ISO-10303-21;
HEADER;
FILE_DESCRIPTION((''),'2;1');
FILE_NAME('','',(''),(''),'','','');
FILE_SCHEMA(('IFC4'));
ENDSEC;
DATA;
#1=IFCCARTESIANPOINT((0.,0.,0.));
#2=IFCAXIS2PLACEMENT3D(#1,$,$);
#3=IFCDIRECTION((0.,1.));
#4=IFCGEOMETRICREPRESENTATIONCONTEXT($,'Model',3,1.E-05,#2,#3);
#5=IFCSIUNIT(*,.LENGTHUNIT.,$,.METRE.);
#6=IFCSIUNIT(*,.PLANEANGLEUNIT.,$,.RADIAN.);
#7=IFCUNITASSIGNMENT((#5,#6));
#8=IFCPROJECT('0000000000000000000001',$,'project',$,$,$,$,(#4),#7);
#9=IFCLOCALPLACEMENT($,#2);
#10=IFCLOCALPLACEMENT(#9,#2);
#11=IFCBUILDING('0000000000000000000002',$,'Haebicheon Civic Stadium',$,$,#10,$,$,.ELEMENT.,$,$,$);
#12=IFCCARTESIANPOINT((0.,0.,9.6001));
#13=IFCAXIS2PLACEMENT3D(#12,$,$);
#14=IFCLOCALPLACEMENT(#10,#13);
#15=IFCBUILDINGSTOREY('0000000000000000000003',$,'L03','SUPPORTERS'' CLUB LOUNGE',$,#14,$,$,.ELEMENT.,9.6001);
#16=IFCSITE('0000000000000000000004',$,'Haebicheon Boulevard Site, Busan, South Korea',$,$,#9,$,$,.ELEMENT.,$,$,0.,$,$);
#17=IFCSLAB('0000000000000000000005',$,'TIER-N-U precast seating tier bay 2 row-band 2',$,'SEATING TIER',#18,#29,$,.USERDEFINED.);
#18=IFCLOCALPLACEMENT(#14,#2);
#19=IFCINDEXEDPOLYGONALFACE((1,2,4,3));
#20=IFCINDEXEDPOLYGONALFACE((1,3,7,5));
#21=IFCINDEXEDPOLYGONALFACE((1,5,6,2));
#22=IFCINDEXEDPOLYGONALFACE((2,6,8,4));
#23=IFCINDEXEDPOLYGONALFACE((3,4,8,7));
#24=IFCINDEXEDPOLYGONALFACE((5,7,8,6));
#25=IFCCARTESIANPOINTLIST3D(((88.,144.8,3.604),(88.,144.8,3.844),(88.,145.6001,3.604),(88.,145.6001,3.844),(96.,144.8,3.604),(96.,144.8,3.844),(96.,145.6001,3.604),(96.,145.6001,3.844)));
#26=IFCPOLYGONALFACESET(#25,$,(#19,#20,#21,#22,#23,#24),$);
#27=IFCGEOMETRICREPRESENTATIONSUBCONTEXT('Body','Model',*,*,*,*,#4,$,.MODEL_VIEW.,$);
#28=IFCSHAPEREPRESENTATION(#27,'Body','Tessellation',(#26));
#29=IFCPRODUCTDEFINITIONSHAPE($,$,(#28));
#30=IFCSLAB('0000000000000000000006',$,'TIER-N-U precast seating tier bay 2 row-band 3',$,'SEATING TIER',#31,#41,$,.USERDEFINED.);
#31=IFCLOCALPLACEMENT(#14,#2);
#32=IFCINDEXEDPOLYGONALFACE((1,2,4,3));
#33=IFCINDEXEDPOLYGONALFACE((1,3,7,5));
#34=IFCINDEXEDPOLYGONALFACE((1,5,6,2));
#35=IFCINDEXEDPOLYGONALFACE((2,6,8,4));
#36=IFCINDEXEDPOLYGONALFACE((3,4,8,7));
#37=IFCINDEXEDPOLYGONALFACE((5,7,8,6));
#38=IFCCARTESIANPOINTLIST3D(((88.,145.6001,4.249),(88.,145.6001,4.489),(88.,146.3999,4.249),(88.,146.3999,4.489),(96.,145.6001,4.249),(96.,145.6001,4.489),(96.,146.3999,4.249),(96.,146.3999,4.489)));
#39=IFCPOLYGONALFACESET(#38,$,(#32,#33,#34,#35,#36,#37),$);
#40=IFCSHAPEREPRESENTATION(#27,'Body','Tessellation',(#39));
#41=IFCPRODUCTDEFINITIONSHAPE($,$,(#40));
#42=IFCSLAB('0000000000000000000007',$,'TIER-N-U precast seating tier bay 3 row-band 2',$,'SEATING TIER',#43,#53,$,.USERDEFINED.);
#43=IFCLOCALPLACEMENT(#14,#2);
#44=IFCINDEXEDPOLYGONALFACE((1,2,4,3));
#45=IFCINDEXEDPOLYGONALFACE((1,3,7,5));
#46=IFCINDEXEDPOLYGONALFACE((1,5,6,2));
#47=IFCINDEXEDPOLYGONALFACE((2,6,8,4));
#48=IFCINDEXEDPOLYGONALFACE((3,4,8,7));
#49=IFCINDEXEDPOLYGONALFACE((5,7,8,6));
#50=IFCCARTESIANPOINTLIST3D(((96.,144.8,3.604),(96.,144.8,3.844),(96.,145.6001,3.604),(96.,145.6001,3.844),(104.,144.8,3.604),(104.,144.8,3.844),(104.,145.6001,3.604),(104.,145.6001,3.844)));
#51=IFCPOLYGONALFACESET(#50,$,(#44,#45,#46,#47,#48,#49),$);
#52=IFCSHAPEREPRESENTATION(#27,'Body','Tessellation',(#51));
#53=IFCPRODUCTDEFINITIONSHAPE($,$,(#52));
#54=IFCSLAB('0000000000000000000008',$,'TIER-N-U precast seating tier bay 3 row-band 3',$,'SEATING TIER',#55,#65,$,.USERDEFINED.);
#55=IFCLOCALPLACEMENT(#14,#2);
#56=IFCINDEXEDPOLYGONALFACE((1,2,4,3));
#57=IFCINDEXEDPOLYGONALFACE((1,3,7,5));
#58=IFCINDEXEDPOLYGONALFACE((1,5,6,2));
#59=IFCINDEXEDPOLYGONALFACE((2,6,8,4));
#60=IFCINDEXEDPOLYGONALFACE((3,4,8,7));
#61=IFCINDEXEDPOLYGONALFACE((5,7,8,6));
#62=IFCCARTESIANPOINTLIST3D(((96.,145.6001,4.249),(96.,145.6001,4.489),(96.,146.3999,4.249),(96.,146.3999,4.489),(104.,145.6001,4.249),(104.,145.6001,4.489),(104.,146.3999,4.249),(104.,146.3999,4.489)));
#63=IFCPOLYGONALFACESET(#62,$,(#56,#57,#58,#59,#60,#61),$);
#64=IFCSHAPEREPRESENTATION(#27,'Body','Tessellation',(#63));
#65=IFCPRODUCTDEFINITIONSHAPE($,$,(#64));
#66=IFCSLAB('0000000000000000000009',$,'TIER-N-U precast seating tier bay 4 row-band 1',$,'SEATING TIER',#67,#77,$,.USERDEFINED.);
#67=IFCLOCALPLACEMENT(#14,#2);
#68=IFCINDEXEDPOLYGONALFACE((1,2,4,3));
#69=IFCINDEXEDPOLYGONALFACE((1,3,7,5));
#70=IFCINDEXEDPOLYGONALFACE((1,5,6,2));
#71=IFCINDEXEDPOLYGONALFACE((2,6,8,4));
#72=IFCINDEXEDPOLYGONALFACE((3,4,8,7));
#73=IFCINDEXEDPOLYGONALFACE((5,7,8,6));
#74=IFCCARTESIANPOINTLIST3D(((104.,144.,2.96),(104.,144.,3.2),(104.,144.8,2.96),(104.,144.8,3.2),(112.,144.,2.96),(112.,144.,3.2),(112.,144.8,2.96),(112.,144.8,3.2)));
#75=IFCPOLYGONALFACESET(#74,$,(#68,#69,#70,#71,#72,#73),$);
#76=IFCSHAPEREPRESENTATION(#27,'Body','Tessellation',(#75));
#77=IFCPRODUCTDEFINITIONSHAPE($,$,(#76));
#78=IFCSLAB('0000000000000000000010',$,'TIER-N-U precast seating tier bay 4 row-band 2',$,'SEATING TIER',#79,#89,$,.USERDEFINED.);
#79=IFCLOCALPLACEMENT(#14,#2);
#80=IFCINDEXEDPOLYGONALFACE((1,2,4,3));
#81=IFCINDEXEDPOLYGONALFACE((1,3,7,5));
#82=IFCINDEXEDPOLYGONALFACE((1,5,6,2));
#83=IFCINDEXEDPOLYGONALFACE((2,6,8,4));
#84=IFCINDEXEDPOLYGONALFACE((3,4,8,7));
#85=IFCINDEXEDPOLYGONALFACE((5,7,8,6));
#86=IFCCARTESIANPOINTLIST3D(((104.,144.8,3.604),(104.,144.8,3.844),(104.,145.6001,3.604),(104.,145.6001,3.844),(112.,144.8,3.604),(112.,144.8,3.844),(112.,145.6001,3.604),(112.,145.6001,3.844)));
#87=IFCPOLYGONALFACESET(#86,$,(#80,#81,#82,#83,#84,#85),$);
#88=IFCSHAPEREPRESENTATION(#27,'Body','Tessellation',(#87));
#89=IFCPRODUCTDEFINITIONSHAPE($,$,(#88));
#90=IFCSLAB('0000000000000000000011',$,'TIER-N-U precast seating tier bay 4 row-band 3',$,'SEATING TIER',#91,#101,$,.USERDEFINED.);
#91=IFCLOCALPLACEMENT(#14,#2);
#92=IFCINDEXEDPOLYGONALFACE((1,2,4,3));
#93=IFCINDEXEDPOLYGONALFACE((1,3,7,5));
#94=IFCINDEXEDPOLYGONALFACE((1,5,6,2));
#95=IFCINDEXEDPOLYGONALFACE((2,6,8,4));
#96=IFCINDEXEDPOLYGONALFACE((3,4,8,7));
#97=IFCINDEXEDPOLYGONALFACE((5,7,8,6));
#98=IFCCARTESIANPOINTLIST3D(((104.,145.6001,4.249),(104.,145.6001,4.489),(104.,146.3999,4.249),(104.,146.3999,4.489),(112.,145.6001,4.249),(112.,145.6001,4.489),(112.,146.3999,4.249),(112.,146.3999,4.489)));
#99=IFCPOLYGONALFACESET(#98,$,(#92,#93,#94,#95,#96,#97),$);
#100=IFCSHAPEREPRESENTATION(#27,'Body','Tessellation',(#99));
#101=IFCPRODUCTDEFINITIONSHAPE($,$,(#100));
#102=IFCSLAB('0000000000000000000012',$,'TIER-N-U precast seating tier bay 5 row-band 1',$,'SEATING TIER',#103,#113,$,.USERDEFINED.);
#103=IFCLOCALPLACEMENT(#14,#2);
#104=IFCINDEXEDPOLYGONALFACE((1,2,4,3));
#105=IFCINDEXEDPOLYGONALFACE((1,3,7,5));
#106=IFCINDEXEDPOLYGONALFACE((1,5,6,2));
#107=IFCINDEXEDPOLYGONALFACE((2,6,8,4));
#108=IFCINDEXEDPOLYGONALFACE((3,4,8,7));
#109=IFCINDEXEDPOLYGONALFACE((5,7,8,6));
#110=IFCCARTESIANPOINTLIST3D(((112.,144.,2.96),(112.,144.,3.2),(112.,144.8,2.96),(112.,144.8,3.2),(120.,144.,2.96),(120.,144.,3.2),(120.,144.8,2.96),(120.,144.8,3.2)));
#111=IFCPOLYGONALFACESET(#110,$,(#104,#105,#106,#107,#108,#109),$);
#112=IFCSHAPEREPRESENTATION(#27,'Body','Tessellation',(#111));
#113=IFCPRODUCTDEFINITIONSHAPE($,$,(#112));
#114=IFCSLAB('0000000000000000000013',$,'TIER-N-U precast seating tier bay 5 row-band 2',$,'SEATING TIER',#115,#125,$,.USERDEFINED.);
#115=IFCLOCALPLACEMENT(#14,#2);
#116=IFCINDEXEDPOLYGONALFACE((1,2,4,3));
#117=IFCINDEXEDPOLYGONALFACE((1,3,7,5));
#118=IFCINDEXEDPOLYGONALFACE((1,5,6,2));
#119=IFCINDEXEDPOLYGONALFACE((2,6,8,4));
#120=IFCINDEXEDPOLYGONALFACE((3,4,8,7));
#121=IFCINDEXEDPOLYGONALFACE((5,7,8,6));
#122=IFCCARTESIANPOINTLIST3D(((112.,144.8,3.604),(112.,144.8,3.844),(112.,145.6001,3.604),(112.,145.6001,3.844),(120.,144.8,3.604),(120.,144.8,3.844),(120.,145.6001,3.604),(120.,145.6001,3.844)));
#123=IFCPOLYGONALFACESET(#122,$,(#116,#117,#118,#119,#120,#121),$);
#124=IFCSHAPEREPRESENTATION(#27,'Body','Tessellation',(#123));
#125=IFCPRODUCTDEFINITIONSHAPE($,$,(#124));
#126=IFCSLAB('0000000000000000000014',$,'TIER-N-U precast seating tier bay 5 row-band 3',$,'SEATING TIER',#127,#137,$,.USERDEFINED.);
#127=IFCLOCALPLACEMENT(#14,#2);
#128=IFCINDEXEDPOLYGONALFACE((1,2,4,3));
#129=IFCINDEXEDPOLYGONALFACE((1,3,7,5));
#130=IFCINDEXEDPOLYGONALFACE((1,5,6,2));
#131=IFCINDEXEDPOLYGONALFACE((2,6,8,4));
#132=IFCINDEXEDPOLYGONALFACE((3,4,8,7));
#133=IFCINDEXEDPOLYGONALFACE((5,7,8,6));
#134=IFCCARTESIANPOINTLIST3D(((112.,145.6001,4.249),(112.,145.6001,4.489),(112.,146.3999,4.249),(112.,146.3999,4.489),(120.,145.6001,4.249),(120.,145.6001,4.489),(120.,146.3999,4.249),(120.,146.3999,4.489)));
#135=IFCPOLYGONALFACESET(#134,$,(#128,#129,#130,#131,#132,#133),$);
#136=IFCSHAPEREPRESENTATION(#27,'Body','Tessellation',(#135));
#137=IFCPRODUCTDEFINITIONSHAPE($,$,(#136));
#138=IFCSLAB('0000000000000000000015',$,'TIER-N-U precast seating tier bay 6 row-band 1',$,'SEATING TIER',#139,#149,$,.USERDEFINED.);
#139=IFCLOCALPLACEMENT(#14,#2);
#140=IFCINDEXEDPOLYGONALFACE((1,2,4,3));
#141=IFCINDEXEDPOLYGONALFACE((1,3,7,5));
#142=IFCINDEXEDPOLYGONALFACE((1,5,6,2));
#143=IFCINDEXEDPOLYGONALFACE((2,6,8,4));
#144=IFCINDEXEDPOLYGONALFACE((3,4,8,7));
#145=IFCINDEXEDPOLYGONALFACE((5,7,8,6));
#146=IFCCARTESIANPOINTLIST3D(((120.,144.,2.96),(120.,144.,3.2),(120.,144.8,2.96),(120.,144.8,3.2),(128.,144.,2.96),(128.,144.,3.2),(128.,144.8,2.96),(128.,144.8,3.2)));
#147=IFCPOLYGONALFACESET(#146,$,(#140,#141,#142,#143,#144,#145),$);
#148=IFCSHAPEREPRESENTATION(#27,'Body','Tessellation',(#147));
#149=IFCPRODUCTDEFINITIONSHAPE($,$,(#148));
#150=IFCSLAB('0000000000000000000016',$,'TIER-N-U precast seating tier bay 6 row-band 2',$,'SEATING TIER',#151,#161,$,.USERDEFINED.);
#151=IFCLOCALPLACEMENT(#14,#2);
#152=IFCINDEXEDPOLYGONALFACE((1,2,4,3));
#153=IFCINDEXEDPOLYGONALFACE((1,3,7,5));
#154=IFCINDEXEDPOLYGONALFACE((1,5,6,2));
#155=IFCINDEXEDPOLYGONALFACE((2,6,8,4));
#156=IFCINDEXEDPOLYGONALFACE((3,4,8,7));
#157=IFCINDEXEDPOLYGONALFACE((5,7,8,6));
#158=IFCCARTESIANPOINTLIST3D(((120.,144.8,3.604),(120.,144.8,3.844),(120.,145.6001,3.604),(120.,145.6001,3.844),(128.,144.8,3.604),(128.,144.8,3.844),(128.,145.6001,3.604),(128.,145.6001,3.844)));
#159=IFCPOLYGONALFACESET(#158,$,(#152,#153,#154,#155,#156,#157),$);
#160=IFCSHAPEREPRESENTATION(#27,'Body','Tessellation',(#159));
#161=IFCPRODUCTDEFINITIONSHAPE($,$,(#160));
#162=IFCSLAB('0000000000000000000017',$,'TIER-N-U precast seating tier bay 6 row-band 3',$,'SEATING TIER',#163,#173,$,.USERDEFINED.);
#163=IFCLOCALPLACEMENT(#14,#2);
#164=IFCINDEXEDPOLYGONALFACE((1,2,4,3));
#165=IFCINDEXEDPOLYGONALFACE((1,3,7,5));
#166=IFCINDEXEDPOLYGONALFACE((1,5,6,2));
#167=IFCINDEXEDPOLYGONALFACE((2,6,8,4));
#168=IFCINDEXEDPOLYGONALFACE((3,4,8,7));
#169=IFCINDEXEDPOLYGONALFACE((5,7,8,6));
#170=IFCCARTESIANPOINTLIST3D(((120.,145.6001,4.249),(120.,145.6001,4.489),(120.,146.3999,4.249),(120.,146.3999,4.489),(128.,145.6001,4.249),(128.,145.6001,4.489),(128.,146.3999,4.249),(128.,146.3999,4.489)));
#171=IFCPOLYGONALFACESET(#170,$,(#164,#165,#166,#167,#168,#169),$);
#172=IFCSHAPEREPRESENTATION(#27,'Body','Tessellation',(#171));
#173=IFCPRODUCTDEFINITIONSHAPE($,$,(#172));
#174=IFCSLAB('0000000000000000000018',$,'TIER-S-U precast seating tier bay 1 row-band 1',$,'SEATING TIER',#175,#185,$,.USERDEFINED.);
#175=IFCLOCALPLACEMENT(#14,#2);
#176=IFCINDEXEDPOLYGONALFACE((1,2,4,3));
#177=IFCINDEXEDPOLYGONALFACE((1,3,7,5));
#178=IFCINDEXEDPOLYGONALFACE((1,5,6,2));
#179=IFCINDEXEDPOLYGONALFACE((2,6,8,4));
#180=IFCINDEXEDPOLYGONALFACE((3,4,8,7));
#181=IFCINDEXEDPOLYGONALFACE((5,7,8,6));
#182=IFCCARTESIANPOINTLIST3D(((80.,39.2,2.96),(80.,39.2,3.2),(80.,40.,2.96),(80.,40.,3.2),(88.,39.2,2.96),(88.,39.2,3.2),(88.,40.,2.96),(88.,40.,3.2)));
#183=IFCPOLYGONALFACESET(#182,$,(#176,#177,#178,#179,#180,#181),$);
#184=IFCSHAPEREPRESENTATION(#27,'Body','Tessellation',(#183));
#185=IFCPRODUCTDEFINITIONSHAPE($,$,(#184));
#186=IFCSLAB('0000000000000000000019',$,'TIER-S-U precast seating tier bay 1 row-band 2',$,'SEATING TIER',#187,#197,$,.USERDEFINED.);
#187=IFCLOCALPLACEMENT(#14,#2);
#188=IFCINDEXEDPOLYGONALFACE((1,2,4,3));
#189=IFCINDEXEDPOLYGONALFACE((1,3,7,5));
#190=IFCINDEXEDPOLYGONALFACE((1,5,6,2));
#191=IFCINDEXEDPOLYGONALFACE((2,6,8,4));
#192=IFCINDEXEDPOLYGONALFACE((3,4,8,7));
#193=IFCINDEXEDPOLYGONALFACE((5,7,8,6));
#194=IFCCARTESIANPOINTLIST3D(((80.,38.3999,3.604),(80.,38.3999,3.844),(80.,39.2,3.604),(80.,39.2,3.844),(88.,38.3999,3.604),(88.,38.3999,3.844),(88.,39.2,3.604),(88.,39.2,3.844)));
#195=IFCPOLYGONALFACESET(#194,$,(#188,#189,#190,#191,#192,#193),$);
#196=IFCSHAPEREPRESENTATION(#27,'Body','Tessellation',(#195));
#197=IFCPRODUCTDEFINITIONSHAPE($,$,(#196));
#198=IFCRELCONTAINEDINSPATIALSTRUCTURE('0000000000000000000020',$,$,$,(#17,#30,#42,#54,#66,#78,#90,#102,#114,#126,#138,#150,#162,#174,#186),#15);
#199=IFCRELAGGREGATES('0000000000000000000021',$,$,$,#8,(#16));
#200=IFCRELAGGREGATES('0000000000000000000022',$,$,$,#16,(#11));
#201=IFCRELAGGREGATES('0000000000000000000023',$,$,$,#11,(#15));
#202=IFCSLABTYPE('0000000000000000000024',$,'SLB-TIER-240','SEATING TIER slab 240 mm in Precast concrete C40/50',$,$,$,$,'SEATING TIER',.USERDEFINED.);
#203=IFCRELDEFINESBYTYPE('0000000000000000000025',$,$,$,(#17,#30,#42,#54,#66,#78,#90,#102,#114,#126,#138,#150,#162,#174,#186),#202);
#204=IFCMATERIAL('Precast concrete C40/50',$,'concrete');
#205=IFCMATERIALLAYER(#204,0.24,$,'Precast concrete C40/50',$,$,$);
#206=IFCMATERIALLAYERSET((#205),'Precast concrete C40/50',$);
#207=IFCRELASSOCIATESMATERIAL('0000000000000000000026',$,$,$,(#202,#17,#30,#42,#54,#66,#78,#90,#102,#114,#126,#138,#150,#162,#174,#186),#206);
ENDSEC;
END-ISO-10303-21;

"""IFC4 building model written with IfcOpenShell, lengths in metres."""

from ifc_helpers import new_model, si_unit, direction, frame, origin, place, context, subcontext, project, spatial, polyline, outline, extrude, material, layer, layer_set, type_object, element, save


model = new_model("IFC4")

# Units and contexts
model_context = context("Model", 3, precision=1e-05, world=origin(), true_north=direction((0.0, 1.0)))
body_context = subcontext(model_context, "Body", "Model", "MODEL_VIEW")
ifc_project = project(units=[si_unit("LENGTHUNIT", "METRE"), si_unit("PLANEANGLEUNIT", "RADIAN")], contexts=[model_context])

# Site, building, storey
site_placement = place(None, origin())
site = spatial("IfcSite", under=ifc_project, at=site_placement, Name="Haebicheon Boulevard Site, Busan, South Korea", CompositionType="ELEMENT", RefElevation=0.0)
building_placement = place(site_placement, origin())
building = spatial("IfcBuilding", under=site, at=building_placement, Name="Haebicheon Civic Stadium", CompositionType="ELEMENT")
storey_placement = place(building_placement, frame((0.0, 0.0, 9.6001)))
storey = spatial("IfcBuildingStorey", under=building, at=storey_placement, Name="L03", Description="SUPPORTERS' CLUB LOUNGE", CompositionType="ELEMENT", Elevation=9.6001)

# Slabs
ifc_material = material(Name="Precast concrete C40/50", Category="concrete")
ifc_layer = layer(ifc_material, 0.24, Name="Precast concrete C40/50")
ifc_layer_set = layer_set([ifc_layer], Name="Precast concrete C40/50")
slab_type = type_object("IfcSlabType", Name="SLB-TIER-240", Description="SEATING TIER slab 240 mm in Precast concrete C40/50", ElementType="SEATING TIER", PredefinedType="USERDEFINED", material=ifc_layer_set)
slab_1_placement = place(storey_placement, frame((0.0, 0.0, 3.604)))
element("IfcSlab", 1, at=slab_1_placement, inside=storey, type_object=slab_type, material=ifc_layer_set, Name="TIER-N-U precast seating tier bay 2 row-band 2", ObjectType="SEATING TIER", PredefinedType="USERDEFINED", context=body_context, shape_type="SweptSolid", body=[
    extrude(outline(polyline([(88.0, 144.8), (96.0, 144.8), (96.0, 145.6001), (88.0, 145.6001), (88.0, 144.8)])), origin(), (0.0, 0.0, 1.0), 0.24),
])
slab_2_placement = place(storey_placement, frame((0.0, 0.0, 4.249)))
element("IfcSlab", 2, at=slab_2_placement, inside=storey, type_object=slab_type, material=ifc_layer_set, Name="TIER-N-U precast seating tier bay 2 row-band 3", ObjectType="SEATING TIER", PredefinedType="USERDEFINED", context=body_context, shape_type="SweptSolid", body=[
    extrude(outline(polyline([(88.0, 145.6001), (96.0, 145.6001), (96.0, 146.3999), (88.0, 146.3999), (88.0, 145.6001)])), origin(), (0.0, 0.0, 1.0), 0.24),
])
slab_3_placement = place(storey_placement, frame((0.0, 0.0, 3.604)))
element("IfcSlab", 3, at=slab_3_placement, inside=storey, type_object=slab_type, material=ifc_layer_set, Name="TIER-N-U precast seating tier bay 3 row-band 2", ObjectType="SEATING TIER", PredefinedType="USERDEFINED", context=body_context, shape_type="SweptSolid", body=[
    extrude(outline(polyline([(96.0, 144.8), (104.0, 144.8), (104.0, 145.6001), (96.0, 145.6001), (96.0, 144.8)])), origin(), (0.0, 0.0, 1.0), 0.24),
])
slab_4_placement = place(storey_placement, frame((0.0, 0.0, 4.249)))
element("IfcSlab", 4, at=slab_4_placement, inside=storey, type_object=slab_type, material=ifc_layer_set, Name="TIER-N-U precast seating tier bay 3 row-band 3", ObjectType="SEATING TIER", PredefinedType="USERDEFINED", context=body_context, shape_type="SweptSolid", body=[
    extrude(outline(polyline([(96.0, 145.6001), (104.0, 145.6001), (104.0, 146.3999), (96.0, 146.3999), (96.0, 145.6001)])), origin(), (0.0, 0.0, 1.0), 0.24),
])
slab_5_placement = place(storey_placement, frame((0.0, 0.0, 2.96)))
element("IfcSlab", 5, at=slab_5_placement, inside=storey, type_object=slab_type, material=ifc_layer_set, Name="TIER-N-U precast seating tier bay 4 row-band 1", ObjectType="SEATING TIER", PredefinedType="USERDEFINED", context=body_context, shape_type="SweptSolid", body=[
    extrude(outline(polyline([(104.0, 144.0), (112.0, 144.0), (112.0, 144.8), (104.0, 144.8), (104.0, 144.0)])), origin(), (0.0, 0.0, 1.0), 0.24),
])
slab_6_placement = place(storey_placement, frame((0.0, 0.0, 3.604)))
element("IfcSlab", 6, at=slab_6_placement, inside=storey, type_object=slab_type, material=ifc_layer_set, Name="TIER-N-U precast seating tier bay 4 row-band 2", ObjectType="SEATING TIER", PredefinedType="USERDEFINED", context=body_context, shape_type="SweptSolid", body=[
    extrude(outline(polyline([(104.0, 144.8), (112.0, 144.8), (112.0, 145.6001), (104.0, 145.6001), (104.0, 144.8)])), origin(), (0.0, 0.0, 1.0), 0.24),
])
slab_7_placement = place(storey_placement, frame((0.0, 0.0, 4.249)))
element("IfcSlab", 7, at=slab_7_placement, inside=storey, type_object=slab_type, material=ifc_layer_set, Name="TIER-N-U precast seating tier bay 4 row-band 3", ObjectType="SEATING TIER", PredefinedType="USERDEFINED", context=body_context, shape_type="SweptSolid", body=[
    extrude(outline(polyline([(104.0, 145.6001), (112.0, 145.6001), (112.0, 146.3999), (104.0, 146.3999), (104.0, 145.6001)])), origin(), (0.0, 0.0, 1.0), 0.24),
])
slab_8_placement = place(storey_placement, frame((0.0, 0.0, 2.96)))
element("IfcSlab", 8, at=slab_8_placement, inside=storey, type_object=slab_type, material=ifc_layer_set, Name="TIER-N-U precast seating tier bay 5 row-band 1", ObjectType="SEATING TIER", PredefinedType="USERDEFINED", context=body_context, shape_type="SweptSolid", body=[
    extrude(outline(polyline([(112.0, 144.0), (120.0, 144.0), (120.0, 144.8), (112.0, 144.8), (112.0, 144.0)])), origin(), (0.0, 0.0, 1.0), 0.24),
])
slab_9_placement = place(storey_placement, frame((0.0, 0.0, 3.604)))
element("IfcSlab", 9, at=slab_9_placement, inside=storey, type_object=slab_type, material=ifc_layer_set, Name="TIER-N-U precast seating tier bay 5 row-band 2", ObjectType="SEATING TIER", PredefinedType="USERDEFINED", context=body_context, shape_type="SweptSolid", body=[
    extrude(outline(polyline([(112.0, 144.8), (120.0, 144.8), (120.0, 145.6001), (112.0, 145.6001), (112.0, 144.8)])), origin(), (0.0, 0.0, 1.0), 0.24),
])
slab_10_placement = place(storey_placement, frame((0.0, 0.0, 4.249)))
element("IfcSlab", 10, at=slab_10_placement, inside=storey, type_object=slab_type, material=ifc_layer_set, Name="TIER-N-U precast seating tier bay 5 row-band 3", ObjectType="SEATING TIER", PredefinedType="USERDEFINED", context=body_context, shape_type="SweptSolid", body=[
    extrude(outline(polyline([(112.0, 145.6001), (120.0, 145.6001), (120.0, 146.3999), (112.0, 146.3999), (112.0, 145.6001)])), origin(), (0.0, 0.0, 1.0), 0.24),
])
slab_11_placement = place(storey_placement, frame((0.0, 0.0, 2.96)))
element("IfcSlab", 11, at=slab_11_placement, inside=storey, type_object=slab_type, material=ifc_layer_set, Name="TIER-N-U precast seating tier bay 6 row-band 1", ObjectType="SEATING TIER", PredefinedType="USERDEFINED", context=body_context, shape_type="SweptSolid", body=[
    extrude(outline(polyline([(120.0, 144.0), (128.0, 144.0), (128.0, 144.8), (120.0, 144.8), (120.0, 144.0)])), origin(), (0.0, 0.0, 1.0), 0.24),
])
slab_12_placement = place(storey_placement, frame((0.0, 0.0, 3.604)))
element("IfcSlab", 12, at=slab_12_placement, inside=storey, type_object=slab_type, material=ifc_layer_set, Name="TIER-N-U precast seating tier bay 6 row-band 2", ObjectType="SEATING TIER", PredefinedType="USERDEFINED", context=body_context, shape_type="SweptSolid", body=[
    extrude(outline(polyline([(120.0, 144.8), (128.0, 144.8), (128.0, 145.6001), (120.0, 145.6001), (120.0, 144.8)])), origin(), (0.0, 0.0, 1.0), 0.24),
])
slab_13_placement = place(storey_placement, frame((0.0, 0.0, 4.249)))
element("IfcSlab", 13, at=slab_13_placement, inside=storey, type_object=slab_type, material=ifc_layer_set, Name="TIER-N-U precast seating tier bay 6 row-band 3", ObjectType="SEATING TIER", PredefinedType="USERDEFINED", context=body_context, shape_type="SweptSolid", body=[
    extrude(outline(polyline([(120.0, 145.6001), (128.0, 145.6001), (128.0, 146.3999), (120.0, 146.3999), (120.0, 145.6001)])), origin(), (0.0, 0.0, 1.0), 0.24),
])
slab_14_placement = place(storey_placement, frame((0.0, 0.0, 2.96)))
element("IfcSlab", 14, at=slab_14_placement, inside=storey, type_object=slab_type, material=ifc_layer_set, Name="TIER-S-U precast seating tier bay 1 row-band 1", ObjectType="SEATING TIER", PredefinedType="USERDEFINED", context=body_context, shape_type="SweptSolid", body=[
    extrude(outline(polyline([(80.0, 39.2), (88.0, 39.2), (88.0, 40.0), (80.0, 40.0), (80.0, 39.2)])), origin(), (0.0, 0.0, 1.0), 0.24),
])
slab_15_placement = place(storey_placement, frame((0.0, 0.0, 3.604)))
element("IfcSlab", 15, at=slab_15_placement, inside=storey, type_object=slab_type, material=ifc_layer_set, Name="TIER-S-U precast seating tier bay 1 row-band 2", ObjectType="SEATING TIER", PredefinedType="USERDEFINED", context=body_context, shape_type="SweptSolid", body=[
    extrude(outline(polyline([(80.0, 38.3999), (88.0, 38.3999), (88.0, 39.2), (80.0, 39.2), (80.0, 38.3999)])), origin(), (0.0, 0.0, 1.0), 0.24),
])

save(model, "model.ifc")
